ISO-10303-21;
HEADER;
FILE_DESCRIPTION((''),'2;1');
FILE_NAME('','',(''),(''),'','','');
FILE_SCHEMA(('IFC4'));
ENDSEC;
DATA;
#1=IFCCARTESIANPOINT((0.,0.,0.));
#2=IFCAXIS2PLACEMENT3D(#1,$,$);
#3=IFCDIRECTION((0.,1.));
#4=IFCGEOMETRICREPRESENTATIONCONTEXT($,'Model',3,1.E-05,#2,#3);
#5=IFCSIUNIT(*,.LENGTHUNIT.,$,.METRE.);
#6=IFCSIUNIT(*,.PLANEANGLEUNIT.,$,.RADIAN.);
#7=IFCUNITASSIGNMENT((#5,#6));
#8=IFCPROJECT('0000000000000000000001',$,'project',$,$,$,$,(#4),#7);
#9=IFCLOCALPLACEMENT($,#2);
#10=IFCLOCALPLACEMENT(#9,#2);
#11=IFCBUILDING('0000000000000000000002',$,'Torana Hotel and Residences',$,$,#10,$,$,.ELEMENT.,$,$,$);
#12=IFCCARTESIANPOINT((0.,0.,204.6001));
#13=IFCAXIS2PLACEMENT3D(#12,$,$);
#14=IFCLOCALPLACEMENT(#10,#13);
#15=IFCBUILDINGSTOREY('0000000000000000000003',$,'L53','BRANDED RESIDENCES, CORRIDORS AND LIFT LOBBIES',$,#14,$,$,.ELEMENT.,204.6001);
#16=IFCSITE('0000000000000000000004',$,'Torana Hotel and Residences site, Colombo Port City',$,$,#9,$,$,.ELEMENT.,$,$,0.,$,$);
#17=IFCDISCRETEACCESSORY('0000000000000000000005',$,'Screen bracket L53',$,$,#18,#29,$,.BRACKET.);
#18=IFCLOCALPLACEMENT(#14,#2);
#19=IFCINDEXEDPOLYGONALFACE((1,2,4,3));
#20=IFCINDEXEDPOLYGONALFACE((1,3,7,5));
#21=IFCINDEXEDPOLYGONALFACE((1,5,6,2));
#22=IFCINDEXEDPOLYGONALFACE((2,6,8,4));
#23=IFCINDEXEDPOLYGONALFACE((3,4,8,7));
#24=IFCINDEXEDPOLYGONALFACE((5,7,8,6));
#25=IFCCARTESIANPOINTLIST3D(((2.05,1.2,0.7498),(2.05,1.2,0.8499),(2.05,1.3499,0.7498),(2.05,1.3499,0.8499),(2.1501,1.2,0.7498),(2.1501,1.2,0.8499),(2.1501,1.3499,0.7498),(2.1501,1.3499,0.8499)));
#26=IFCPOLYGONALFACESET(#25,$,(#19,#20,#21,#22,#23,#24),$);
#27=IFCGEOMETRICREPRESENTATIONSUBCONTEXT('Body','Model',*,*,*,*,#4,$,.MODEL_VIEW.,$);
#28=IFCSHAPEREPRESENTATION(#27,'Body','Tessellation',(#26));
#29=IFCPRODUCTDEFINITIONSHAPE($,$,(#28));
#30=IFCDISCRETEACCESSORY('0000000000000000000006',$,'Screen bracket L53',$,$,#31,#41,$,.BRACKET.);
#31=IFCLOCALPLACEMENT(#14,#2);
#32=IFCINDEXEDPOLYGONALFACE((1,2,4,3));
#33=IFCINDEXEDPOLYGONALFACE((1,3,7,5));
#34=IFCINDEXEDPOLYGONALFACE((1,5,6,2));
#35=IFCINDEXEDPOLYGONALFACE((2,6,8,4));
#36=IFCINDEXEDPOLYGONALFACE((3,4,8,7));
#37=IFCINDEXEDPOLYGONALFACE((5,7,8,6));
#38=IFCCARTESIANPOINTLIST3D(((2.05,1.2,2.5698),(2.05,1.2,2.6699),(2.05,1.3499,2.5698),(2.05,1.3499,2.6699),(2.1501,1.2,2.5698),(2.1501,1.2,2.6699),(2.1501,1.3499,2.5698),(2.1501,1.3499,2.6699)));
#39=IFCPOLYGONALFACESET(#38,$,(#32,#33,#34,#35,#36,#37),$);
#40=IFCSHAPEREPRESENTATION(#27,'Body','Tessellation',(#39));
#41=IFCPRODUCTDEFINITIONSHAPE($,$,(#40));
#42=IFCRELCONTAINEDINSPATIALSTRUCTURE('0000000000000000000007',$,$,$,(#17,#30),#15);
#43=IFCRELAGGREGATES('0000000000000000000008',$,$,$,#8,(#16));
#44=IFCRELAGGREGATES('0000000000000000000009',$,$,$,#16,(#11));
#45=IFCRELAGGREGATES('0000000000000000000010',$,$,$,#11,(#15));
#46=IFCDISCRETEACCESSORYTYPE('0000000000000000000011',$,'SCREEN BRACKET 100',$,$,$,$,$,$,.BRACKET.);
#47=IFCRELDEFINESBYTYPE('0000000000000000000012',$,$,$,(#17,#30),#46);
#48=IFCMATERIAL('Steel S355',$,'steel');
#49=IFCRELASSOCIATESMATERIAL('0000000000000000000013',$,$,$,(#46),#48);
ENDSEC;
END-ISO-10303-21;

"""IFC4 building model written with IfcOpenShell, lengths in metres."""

from ifc_helpers import new_model, si_unit, direction, frame, origin, origin_2d, place, context, subcontext, project, spatial, rectangle, extrude, material, type_object, element, save


model = new_model("IFC4")

# Units and contexts
model_context = context("Model", 3, precision=1e-05, world=origin(), true_north=direction((0.0, 1.0)))
body_context = subcontext(model_context, "Body", "Model", "MODEL_VIEW")
ifc_project = project(units=[si_unit("LENGTHUNIT", "METRE"), si_unit("PLANEANGLEUNIT", "RADIAN")], contexts=[model_context])

# Site, building, storey
site_placement = place(None, origin())
site = spatial("IfcSite", under=ifc_project, at=site_placement, Name="Torana Hotel and Residences site, Colombo Port City", CompositionType="ELEMENT", RefElevation=0.0)
building_placement = place(site_placement, origin())
building = spatial("IfcBuilding", under=site, at=building_placement, Name="Torana Hotel and Residences", CompositionType="ELEMENT")
storey_placement = place(building_placement, frame((0.0, 0.0, 204.6001)))
storey = spatial("IfcBuildingStorey", under=building, at=storey_placement, Name="L53", Description="BRANDED RESIDENCES, CORRIDORS AND LIFT LOBBIES", CompositionType="ELEMENT", Elevation=204.6001)

# Discrete accessories
ifc_material_1 = material(Name="Steel S355", Category="steel")
discrete_accessory_type = type_object("IfcDiscreteAccessoryType", Name="SCREEN BRACKET 100", PredefinedType="BRACKET", material=ifc_material_1)
for number, where, z_axis, x_axis, name in (
    (1, (2.1001, 1.2749, 0.7498), (0.0, 0.0, 1.0), (-1.0, 0.0, 0.0), "Screen bracket L53"),
    (2, (2.1001, 1.2749, 2.5698), (0.0, 0.0, 1.0), (-1.0, 0.0, 0.0), "Screen bracket L53"),
):
    element("IfcDiscreteAccessory", number, at=place(storey_placement, frame(where, z_axis=z_axis, x_axis=x_axis)), inside=storey, type_object=discrete_accessory_type, Name=name, PredefinedType="BRACKET", context=body_context, shape_type="SweptSolid", body=[
        extrude(rectangle(XDim=0.1001, YDim=0.1499, at=origin_2d()), origin(), (0.0, 0.0, 1.0), 0.1001),
    ])

save(model, "model.ifc")
